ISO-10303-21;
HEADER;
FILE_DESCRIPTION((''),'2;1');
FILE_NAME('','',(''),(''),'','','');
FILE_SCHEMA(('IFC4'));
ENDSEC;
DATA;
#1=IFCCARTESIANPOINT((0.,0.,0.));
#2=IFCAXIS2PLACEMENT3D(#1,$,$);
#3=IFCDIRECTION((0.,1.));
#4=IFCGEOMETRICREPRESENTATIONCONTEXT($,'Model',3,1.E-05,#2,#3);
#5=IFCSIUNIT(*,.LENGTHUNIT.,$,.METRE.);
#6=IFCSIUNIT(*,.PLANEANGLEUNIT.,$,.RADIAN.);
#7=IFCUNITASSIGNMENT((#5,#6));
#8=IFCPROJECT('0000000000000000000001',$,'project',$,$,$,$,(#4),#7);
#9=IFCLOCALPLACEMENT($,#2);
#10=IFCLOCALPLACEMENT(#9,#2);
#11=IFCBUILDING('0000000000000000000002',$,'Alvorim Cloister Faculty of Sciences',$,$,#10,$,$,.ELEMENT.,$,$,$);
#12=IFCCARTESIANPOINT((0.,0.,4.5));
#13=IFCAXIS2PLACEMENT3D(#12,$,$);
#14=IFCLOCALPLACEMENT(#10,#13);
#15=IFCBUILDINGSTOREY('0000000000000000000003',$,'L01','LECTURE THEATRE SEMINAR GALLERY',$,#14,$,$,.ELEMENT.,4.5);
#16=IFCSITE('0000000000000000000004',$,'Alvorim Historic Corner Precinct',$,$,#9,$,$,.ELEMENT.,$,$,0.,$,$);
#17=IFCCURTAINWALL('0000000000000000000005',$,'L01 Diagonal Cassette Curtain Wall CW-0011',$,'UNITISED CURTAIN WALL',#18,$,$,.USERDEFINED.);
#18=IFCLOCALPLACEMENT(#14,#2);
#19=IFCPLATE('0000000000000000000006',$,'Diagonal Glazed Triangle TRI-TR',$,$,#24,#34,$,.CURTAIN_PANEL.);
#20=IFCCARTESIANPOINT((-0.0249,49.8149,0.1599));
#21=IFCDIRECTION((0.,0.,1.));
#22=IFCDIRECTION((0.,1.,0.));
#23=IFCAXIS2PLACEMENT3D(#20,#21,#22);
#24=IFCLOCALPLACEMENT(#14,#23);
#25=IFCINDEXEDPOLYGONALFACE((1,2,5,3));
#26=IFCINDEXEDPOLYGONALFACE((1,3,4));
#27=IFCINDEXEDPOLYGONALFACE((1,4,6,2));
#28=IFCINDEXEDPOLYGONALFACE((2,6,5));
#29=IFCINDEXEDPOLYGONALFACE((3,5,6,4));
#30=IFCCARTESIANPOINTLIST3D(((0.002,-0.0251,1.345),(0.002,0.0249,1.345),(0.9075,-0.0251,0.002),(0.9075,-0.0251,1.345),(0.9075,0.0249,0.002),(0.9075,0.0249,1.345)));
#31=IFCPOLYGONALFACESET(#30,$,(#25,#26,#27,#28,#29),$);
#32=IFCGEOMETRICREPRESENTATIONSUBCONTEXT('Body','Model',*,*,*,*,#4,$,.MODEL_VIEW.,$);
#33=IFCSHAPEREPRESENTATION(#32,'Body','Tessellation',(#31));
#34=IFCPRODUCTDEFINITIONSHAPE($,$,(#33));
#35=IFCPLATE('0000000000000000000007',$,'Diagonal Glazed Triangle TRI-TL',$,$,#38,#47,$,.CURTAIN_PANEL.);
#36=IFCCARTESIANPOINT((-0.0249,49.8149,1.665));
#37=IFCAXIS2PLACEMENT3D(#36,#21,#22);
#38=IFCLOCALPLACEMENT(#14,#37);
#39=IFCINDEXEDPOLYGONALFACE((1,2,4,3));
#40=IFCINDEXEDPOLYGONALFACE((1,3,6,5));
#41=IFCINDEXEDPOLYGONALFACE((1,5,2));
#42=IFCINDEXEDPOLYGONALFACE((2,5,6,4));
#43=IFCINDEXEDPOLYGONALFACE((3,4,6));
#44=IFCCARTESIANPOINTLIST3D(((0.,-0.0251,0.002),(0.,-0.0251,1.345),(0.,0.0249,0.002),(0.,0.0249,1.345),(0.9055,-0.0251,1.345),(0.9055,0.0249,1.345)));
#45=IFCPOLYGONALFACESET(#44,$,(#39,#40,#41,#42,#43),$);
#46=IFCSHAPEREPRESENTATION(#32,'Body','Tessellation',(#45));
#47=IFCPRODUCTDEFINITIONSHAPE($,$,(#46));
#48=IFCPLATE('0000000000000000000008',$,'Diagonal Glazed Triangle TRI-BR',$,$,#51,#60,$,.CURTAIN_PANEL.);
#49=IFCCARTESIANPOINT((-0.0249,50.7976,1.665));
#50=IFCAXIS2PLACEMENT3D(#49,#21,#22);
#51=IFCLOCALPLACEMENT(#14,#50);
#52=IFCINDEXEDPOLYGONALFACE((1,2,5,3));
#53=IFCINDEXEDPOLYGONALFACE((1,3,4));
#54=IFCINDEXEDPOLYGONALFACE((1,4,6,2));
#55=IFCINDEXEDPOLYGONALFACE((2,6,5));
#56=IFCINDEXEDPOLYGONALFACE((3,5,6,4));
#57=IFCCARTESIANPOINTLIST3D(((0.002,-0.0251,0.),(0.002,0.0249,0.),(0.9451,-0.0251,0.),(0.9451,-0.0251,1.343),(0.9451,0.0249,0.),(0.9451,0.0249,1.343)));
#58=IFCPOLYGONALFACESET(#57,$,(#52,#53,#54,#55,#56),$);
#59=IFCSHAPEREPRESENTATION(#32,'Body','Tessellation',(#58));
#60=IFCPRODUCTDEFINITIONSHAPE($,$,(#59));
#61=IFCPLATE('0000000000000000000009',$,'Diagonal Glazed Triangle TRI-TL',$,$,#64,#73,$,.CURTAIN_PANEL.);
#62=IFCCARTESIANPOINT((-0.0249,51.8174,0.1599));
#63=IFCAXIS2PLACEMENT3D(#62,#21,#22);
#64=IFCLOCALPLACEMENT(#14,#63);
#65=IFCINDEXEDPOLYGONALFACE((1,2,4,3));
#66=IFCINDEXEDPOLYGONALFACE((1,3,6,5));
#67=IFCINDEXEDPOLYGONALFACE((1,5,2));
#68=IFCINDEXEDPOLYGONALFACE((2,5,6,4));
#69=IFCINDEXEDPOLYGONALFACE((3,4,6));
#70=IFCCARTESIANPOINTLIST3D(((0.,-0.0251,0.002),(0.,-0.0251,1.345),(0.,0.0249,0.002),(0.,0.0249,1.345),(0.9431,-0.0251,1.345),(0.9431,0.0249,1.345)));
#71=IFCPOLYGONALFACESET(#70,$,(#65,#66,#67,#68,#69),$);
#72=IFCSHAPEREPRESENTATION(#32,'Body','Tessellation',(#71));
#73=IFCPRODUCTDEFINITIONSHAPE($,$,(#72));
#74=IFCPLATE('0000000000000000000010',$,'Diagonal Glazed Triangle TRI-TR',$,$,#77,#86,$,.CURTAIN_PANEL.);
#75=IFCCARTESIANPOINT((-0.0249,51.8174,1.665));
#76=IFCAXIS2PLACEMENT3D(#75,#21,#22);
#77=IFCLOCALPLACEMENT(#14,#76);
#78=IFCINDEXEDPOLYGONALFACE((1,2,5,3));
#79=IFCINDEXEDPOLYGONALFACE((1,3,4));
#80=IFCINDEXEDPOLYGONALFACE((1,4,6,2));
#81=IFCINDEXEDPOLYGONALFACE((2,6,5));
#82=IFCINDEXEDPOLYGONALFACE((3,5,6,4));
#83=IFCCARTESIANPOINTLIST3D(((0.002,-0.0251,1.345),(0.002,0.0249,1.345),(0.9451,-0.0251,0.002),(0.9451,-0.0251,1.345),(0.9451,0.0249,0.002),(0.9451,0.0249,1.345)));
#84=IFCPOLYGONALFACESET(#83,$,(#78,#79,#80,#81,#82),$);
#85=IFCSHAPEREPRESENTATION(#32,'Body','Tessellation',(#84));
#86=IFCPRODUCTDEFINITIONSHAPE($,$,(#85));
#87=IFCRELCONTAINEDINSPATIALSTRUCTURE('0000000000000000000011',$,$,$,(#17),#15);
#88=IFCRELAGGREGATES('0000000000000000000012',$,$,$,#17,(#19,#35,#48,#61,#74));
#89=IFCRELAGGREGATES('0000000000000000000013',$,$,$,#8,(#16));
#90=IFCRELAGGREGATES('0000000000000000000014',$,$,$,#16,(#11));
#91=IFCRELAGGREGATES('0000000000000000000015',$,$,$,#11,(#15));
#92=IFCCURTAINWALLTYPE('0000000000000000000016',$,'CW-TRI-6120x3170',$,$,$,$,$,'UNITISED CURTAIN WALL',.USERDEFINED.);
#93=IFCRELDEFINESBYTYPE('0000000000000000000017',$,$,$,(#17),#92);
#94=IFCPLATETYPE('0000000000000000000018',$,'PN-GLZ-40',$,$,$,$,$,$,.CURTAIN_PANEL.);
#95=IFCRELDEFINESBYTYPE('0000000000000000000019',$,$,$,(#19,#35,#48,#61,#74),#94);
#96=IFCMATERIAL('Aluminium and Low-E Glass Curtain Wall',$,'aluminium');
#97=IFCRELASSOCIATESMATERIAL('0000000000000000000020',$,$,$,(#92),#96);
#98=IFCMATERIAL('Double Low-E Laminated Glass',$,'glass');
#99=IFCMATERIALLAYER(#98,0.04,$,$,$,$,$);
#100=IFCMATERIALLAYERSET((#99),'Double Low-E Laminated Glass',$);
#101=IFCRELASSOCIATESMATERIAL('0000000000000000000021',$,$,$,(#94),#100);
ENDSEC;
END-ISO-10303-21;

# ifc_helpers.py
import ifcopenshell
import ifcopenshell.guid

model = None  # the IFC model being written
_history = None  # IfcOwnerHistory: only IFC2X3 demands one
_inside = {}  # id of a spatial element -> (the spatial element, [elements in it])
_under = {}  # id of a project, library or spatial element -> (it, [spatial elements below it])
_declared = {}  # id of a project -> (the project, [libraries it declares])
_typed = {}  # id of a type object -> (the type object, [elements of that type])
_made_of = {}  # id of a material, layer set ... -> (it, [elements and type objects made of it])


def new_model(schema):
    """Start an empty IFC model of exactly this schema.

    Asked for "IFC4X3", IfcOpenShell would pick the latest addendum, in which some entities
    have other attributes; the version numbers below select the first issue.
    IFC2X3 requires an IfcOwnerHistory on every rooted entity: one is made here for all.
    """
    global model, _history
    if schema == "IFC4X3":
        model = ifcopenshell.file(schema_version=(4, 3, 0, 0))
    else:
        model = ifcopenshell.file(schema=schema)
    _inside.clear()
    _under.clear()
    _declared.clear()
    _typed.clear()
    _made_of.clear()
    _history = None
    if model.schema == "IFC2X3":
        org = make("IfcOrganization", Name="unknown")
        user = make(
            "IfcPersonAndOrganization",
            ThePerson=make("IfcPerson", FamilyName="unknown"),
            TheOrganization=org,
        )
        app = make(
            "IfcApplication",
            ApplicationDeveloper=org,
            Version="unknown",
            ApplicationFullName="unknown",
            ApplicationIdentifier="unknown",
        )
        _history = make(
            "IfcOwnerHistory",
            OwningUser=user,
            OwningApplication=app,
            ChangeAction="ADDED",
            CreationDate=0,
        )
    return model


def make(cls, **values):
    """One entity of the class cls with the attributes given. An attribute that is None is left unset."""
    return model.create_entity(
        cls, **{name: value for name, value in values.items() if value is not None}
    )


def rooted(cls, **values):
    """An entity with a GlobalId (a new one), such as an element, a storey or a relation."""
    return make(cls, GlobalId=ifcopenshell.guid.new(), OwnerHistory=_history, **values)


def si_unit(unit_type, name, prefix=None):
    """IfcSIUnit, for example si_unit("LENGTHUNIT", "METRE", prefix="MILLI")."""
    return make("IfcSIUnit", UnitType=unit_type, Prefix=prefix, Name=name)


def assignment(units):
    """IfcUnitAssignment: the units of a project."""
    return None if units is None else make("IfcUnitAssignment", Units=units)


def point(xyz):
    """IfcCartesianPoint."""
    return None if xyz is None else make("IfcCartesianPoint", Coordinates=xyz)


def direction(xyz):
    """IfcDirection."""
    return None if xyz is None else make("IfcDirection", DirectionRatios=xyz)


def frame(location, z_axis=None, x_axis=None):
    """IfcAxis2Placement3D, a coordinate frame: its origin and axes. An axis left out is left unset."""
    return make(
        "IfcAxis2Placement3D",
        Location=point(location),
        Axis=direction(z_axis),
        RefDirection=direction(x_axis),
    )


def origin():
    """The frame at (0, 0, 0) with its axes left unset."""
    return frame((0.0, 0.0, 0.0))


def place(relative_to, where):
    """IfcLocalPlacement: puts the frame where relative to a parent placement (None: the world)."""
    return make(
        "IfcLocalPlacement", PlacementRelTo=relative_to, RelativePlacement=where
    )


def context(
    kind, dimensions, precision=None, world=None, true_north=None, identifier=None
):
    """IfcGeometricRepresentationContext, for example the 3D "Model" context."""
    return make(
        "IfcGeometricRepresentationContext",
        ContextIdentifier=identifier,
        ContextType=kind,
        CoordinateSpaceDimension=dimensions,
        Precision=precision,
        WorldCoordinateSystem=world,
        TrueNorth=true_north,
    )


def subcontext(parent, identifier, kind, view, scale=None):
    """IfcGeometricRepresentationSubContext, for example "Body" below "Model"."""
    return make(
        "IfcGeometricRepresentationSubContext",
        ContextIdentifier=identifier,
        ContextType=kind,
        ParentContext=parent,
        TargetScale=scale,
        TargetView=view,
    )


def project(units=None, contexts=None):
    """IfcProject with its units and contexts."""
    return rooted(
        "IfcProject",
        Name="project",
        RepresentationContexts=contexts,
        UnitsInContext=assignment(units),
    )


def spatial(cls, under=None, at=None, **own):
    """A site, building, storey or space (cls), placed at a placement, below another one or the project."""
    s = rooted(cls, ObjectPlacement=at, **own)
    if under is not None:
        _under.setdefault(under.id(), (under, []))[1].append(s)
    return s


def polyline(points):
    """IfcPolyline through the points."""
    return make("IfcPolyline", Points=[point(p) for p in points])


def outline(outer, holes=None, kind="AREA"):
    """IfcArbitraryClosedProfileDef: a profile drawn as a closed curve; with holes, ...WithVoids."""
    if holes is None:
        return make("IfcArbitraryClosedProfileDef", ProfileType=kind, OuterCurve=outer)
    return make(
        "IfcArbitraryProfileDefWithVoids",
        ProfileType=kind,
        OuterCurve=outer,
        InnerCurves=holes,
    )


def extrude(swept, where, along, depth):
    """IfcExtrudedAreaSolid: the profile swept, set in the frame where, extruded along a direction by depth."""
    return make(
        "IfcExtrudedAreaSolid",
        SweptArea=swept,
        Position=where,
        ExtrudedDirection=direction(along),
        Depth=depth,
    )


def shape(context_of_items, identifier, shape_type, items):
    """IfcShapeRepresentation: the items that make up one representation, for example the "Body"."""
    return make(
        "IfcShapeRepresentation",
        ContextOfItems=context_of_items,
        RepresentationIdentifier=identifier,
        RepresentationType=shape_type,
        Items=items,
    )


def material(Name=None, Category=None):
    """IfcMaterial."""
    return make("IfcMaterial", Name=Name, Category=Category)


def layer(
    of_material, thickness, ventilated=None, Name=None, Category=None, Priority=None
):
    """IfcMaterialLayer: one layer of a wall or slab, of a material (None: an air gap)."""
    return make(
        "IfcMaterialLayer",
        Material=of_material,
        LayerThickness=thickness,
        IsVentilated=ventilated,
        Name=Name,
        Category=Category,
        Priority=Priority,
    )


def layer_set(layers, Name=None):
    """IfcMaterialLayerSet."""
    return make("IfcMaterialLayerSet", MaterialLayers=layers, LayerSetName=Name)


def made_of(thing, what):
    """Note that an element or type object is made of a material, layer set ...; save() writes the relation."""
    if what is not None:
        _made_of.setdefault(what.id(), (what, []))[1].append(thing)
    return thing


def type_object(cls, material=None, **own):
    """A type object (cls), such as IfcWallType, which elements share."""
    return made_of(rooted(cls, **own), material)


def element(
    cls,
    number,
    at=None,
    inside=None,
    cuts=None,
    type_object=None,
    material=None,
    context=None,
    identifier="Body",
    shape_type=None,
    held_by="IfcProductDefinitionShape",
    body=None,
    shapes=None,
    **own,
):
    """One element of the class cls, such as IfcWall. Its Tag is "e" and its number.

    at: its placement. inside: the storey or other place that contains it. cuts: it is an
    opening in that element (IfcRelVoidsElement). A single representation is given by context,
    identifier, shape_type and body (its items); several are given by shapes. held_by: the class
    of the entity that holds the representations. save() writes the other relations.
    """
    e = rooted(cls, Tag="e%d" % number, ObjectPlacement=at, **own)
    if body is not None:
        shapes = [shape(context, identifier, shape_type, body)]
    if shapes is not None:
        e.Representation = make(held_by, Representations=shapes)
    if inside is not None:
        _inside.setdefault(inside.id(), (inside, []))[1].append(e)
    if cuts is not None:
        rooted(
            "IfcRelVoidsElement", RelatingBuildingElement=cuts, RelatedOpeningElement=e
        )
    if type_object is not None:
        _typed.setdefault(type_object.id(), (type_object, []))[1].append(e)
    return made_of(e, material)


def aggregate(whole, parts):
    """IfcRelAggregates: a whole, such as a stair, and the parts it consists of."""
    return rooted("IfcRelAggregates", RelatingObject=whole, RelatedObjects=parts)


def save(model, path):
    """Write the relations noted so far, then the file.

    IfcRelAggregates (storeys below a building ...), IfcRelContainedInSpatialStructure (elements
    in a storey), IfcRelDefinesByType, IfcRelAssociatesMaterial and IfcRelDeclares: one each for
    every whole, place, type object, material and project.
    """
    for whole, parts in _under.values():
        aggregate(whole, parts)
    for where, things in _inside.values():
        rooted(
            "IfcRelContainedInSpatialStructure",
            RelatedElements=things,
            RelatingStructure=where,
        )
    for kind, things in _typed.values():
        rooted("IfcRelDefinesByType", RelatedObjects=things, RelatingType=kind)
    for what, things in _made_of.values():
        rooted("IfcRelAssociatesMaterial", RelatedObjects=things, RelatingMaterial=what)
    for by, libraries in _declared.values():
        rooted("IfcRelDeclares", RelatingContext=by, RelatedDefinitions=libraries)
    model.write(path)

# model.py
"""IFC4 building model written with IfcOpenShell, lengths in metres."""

from ifc_helpers import new_model, si_unit, direction, frame, origin, place, context, subcontext, project, spatial, polyline, outline, extrude, material, layer, layer_set, type_object, element, aggregate, save


model = new_model("IFC4")

# Units and contexts
model_context = context("Model", 3, precision=1e-05, world=origin(), true_north=direction((0.0, 1.0)))
body_context = subcontext(model_context, "Body", "Model", "MODEL_VIEW")
ifc_project = project(units=[si_unit("LENGTHUNIT", "METRE"), si_unit("PLANEANGLEUNIT", "RADIAN")], contexts=[model_context])

# Site, building, storey
site_placement = place(None, origin())
site = spatial("IfcSite", under=ifc_project, at=site_placement, Name="Alvorim Historic Corner Precinct", CompositionType="ELEMENT", RefElevation=0.0)
building_placement = place(site_placement, origin())
building = spatial("IfcBuilding", under=site, at=building_placement, Name="Alvorim Cloister Faculty of Sciences", CompositionType="ELEMENT")
storey_placement = place(building_placement, frame((0.0, 0.0, 4.5)))
storey = spatial("IfcBuildingStorey", under=building, at=storey_placement, Name="L01", Description="LECTURE THEATRE SEMINAR GALLERY", CompositionType="ELEMENT", Elevation=4.5)

# Curtain wall, plates
ifc_material_1 = material(Name="Aluminium and Low-E Glass Curtain Wall", Category="aluminium")
curtain_wall_type = type_object("IfcCurtainWallType", Name="CW-TRI-6120x3170", ElementType="UNITISED CURTAIN WALL", PredefinedType="USERDEFINED", material=ifc_material_1)
curtain_wall_placement = place(storey_placement, origin())
curtain_wall = element("IfcCurtainWall", 1, at=curtain_wall_placement, inside=storey, type_object=curtain_wall_type, Name="L01 Diagonal Cassette Curtain Wall CW-0011", ObjectType="UNITISED CURTAIN WALL", PredefinedType="USERDEFINED")
ifc_material_2 = material(Name="Double Low-E Laminated Glass", Category="glass")
ifc_layer = layer(ifc_material_2, 0.04)
ifc_layer_set = layer_set([ifc_layer], Name="Double Low-E Laminated Glass")
plate_type = type_object("IfcPlateType", Name="PN-GLZ-40", PredefinedType="CURTAIN_PANEL", material=ifc_layer_set)
plate_1_placement = place(storey_placement, frame((-0.0249, 49.8149, 0.1599), z_axis=(0.0, 0.0, 1.0), x_axis=(0.0, 1.0, 0.0)))
plate_1 = element("IfcPlate", 2, at=plate_1_placement, type_object=plate_type, Name="Diagonal Glazed Triangle TRI-TR", PredefinedType="CURTAIN_PANEL", context=body_context, shape_type="SweptSolid", body=[
    extrude(outline(polyline([(0.9075, 0.002), (0.9075, 1.345), (0.002, 1.345), (0.9075, 0.002)])), frame((0.0, 0.0249, 0.0), z_axis=(0.0, -1.0, 0.0), x_axis=(1.0, 0.0, 0.0)), (0.0, 0.0, 1.0), 0.05),
])
plate_2_placement = place(storey_placement, frame((-0.0249, 49.8149, 1.665), z_axis=(0.0, 0.0, 1.0), x_axis=(0.0, 1.0, 0.0)))
plate_2 = element("IfcPlate", 3, at=plate_2_placement, type_object=plate_type, Name="Diagonal Glazed Triangle TRI-TL", PredefinedType="CURTAIN_PANEL", context=body_context, shape_type="SweptSolid", body=[
    extrude(outline(polyline([(0.9055, 1.345), (0.0, 1.345), (0.0, 0.002), (0.9055, 1.345)])), frame((0.0, 0.0249, 0.0), z_axis=(0.0, -1.0, 0.0), x_axis=(1.0, 0.0, 0.0)), (0.0, 0.0, 1.0), 0.05),
])
plate_3_placement = place(storey_placement, frame((-0.0249, 50.7976, 1.665), z_axis=(0.0, 0.0, 1.0), x_axis=(0.0, 1.0, 0.0)))
plate_3 = element("IfcPlate", 4, at=plate_3_placement, type_object=plate_type, Name="Diagonal Glazed Triangle TRI-BR", PredefinedType="CURTAIN_PANEL", context=body_context, shape_type="SweptSolid", body=[
    extrude(outline(polyline([(0.002, 0.0), (0.9451, 0.0), (0.9451, 1.343), (0.002, 0.0)])), frame((0.0, 0.0249, 0.0), z_axis=(0.0, -1.0, 0.0), x_axis=(1.0, 0.0, 0.0)), (0.0, 0.0, 1.0), 0.05),
])
plate_4_placement = place(storey_placement, frame((-0.0249, 51.8174, 0.1599), z_axis=(0.0, 0.0, 1.0), x_axis=(0.0, 1.0, 0.0)))
plate_4 = element("IfcPlate", 5, at=plate_4_placement, type_object=plate_type, Name="Diagonal Glazed Triangle TRI-TL", PredefinedType="CURTAIN_PANEL", context=body_context, shape_type="SweptSolid", body=[
    extrude(outline(polyline([(0.9431, 1.345), (0.0, 1.345), (0.0, 0.002), (0.9431, 1.345)])), frame((0.0, 0.0249, 0.0), z_axis=(0.0, -1.0, 0.0), x_axis=(1.0, 0.0, 0.0)), (0.0, 0.0, 1.0), 0.05),
])
plate_5_placement = place(storey_placement, frame((-0.0249, 51.8174, 1.665), z_axis=(0.0, 0.0, 1.0), x_axis=(0.0, 1.0, 0.0)))
plate_5 = element("IfcPlate", 6, at=plate_5_placement, type_object=plate_type, Name="Diagonal Glazed Triangle TRI-TR", PredefinedType="CURTAIN_PANEL", context=body_context, shape_type="SweptSolid", body=[
    extrude(outline(polyline([(0.9451, 0.002), (0.9451, 1.345), (0.002, 1.345), (0.9451, 0.002)])), frame((0.0, 0.0249, 0.0), z_axis=(0.0, -1.0, 0.0), x_axis=(1.0, 0.0, 0.0)), (0.0, 0.0, 1.0), 0.05),
])
aggregate(curtain_wall, [plate_1, plate_2, plate_3, plate_4, plate_5])

save(model, "model.ifc")
